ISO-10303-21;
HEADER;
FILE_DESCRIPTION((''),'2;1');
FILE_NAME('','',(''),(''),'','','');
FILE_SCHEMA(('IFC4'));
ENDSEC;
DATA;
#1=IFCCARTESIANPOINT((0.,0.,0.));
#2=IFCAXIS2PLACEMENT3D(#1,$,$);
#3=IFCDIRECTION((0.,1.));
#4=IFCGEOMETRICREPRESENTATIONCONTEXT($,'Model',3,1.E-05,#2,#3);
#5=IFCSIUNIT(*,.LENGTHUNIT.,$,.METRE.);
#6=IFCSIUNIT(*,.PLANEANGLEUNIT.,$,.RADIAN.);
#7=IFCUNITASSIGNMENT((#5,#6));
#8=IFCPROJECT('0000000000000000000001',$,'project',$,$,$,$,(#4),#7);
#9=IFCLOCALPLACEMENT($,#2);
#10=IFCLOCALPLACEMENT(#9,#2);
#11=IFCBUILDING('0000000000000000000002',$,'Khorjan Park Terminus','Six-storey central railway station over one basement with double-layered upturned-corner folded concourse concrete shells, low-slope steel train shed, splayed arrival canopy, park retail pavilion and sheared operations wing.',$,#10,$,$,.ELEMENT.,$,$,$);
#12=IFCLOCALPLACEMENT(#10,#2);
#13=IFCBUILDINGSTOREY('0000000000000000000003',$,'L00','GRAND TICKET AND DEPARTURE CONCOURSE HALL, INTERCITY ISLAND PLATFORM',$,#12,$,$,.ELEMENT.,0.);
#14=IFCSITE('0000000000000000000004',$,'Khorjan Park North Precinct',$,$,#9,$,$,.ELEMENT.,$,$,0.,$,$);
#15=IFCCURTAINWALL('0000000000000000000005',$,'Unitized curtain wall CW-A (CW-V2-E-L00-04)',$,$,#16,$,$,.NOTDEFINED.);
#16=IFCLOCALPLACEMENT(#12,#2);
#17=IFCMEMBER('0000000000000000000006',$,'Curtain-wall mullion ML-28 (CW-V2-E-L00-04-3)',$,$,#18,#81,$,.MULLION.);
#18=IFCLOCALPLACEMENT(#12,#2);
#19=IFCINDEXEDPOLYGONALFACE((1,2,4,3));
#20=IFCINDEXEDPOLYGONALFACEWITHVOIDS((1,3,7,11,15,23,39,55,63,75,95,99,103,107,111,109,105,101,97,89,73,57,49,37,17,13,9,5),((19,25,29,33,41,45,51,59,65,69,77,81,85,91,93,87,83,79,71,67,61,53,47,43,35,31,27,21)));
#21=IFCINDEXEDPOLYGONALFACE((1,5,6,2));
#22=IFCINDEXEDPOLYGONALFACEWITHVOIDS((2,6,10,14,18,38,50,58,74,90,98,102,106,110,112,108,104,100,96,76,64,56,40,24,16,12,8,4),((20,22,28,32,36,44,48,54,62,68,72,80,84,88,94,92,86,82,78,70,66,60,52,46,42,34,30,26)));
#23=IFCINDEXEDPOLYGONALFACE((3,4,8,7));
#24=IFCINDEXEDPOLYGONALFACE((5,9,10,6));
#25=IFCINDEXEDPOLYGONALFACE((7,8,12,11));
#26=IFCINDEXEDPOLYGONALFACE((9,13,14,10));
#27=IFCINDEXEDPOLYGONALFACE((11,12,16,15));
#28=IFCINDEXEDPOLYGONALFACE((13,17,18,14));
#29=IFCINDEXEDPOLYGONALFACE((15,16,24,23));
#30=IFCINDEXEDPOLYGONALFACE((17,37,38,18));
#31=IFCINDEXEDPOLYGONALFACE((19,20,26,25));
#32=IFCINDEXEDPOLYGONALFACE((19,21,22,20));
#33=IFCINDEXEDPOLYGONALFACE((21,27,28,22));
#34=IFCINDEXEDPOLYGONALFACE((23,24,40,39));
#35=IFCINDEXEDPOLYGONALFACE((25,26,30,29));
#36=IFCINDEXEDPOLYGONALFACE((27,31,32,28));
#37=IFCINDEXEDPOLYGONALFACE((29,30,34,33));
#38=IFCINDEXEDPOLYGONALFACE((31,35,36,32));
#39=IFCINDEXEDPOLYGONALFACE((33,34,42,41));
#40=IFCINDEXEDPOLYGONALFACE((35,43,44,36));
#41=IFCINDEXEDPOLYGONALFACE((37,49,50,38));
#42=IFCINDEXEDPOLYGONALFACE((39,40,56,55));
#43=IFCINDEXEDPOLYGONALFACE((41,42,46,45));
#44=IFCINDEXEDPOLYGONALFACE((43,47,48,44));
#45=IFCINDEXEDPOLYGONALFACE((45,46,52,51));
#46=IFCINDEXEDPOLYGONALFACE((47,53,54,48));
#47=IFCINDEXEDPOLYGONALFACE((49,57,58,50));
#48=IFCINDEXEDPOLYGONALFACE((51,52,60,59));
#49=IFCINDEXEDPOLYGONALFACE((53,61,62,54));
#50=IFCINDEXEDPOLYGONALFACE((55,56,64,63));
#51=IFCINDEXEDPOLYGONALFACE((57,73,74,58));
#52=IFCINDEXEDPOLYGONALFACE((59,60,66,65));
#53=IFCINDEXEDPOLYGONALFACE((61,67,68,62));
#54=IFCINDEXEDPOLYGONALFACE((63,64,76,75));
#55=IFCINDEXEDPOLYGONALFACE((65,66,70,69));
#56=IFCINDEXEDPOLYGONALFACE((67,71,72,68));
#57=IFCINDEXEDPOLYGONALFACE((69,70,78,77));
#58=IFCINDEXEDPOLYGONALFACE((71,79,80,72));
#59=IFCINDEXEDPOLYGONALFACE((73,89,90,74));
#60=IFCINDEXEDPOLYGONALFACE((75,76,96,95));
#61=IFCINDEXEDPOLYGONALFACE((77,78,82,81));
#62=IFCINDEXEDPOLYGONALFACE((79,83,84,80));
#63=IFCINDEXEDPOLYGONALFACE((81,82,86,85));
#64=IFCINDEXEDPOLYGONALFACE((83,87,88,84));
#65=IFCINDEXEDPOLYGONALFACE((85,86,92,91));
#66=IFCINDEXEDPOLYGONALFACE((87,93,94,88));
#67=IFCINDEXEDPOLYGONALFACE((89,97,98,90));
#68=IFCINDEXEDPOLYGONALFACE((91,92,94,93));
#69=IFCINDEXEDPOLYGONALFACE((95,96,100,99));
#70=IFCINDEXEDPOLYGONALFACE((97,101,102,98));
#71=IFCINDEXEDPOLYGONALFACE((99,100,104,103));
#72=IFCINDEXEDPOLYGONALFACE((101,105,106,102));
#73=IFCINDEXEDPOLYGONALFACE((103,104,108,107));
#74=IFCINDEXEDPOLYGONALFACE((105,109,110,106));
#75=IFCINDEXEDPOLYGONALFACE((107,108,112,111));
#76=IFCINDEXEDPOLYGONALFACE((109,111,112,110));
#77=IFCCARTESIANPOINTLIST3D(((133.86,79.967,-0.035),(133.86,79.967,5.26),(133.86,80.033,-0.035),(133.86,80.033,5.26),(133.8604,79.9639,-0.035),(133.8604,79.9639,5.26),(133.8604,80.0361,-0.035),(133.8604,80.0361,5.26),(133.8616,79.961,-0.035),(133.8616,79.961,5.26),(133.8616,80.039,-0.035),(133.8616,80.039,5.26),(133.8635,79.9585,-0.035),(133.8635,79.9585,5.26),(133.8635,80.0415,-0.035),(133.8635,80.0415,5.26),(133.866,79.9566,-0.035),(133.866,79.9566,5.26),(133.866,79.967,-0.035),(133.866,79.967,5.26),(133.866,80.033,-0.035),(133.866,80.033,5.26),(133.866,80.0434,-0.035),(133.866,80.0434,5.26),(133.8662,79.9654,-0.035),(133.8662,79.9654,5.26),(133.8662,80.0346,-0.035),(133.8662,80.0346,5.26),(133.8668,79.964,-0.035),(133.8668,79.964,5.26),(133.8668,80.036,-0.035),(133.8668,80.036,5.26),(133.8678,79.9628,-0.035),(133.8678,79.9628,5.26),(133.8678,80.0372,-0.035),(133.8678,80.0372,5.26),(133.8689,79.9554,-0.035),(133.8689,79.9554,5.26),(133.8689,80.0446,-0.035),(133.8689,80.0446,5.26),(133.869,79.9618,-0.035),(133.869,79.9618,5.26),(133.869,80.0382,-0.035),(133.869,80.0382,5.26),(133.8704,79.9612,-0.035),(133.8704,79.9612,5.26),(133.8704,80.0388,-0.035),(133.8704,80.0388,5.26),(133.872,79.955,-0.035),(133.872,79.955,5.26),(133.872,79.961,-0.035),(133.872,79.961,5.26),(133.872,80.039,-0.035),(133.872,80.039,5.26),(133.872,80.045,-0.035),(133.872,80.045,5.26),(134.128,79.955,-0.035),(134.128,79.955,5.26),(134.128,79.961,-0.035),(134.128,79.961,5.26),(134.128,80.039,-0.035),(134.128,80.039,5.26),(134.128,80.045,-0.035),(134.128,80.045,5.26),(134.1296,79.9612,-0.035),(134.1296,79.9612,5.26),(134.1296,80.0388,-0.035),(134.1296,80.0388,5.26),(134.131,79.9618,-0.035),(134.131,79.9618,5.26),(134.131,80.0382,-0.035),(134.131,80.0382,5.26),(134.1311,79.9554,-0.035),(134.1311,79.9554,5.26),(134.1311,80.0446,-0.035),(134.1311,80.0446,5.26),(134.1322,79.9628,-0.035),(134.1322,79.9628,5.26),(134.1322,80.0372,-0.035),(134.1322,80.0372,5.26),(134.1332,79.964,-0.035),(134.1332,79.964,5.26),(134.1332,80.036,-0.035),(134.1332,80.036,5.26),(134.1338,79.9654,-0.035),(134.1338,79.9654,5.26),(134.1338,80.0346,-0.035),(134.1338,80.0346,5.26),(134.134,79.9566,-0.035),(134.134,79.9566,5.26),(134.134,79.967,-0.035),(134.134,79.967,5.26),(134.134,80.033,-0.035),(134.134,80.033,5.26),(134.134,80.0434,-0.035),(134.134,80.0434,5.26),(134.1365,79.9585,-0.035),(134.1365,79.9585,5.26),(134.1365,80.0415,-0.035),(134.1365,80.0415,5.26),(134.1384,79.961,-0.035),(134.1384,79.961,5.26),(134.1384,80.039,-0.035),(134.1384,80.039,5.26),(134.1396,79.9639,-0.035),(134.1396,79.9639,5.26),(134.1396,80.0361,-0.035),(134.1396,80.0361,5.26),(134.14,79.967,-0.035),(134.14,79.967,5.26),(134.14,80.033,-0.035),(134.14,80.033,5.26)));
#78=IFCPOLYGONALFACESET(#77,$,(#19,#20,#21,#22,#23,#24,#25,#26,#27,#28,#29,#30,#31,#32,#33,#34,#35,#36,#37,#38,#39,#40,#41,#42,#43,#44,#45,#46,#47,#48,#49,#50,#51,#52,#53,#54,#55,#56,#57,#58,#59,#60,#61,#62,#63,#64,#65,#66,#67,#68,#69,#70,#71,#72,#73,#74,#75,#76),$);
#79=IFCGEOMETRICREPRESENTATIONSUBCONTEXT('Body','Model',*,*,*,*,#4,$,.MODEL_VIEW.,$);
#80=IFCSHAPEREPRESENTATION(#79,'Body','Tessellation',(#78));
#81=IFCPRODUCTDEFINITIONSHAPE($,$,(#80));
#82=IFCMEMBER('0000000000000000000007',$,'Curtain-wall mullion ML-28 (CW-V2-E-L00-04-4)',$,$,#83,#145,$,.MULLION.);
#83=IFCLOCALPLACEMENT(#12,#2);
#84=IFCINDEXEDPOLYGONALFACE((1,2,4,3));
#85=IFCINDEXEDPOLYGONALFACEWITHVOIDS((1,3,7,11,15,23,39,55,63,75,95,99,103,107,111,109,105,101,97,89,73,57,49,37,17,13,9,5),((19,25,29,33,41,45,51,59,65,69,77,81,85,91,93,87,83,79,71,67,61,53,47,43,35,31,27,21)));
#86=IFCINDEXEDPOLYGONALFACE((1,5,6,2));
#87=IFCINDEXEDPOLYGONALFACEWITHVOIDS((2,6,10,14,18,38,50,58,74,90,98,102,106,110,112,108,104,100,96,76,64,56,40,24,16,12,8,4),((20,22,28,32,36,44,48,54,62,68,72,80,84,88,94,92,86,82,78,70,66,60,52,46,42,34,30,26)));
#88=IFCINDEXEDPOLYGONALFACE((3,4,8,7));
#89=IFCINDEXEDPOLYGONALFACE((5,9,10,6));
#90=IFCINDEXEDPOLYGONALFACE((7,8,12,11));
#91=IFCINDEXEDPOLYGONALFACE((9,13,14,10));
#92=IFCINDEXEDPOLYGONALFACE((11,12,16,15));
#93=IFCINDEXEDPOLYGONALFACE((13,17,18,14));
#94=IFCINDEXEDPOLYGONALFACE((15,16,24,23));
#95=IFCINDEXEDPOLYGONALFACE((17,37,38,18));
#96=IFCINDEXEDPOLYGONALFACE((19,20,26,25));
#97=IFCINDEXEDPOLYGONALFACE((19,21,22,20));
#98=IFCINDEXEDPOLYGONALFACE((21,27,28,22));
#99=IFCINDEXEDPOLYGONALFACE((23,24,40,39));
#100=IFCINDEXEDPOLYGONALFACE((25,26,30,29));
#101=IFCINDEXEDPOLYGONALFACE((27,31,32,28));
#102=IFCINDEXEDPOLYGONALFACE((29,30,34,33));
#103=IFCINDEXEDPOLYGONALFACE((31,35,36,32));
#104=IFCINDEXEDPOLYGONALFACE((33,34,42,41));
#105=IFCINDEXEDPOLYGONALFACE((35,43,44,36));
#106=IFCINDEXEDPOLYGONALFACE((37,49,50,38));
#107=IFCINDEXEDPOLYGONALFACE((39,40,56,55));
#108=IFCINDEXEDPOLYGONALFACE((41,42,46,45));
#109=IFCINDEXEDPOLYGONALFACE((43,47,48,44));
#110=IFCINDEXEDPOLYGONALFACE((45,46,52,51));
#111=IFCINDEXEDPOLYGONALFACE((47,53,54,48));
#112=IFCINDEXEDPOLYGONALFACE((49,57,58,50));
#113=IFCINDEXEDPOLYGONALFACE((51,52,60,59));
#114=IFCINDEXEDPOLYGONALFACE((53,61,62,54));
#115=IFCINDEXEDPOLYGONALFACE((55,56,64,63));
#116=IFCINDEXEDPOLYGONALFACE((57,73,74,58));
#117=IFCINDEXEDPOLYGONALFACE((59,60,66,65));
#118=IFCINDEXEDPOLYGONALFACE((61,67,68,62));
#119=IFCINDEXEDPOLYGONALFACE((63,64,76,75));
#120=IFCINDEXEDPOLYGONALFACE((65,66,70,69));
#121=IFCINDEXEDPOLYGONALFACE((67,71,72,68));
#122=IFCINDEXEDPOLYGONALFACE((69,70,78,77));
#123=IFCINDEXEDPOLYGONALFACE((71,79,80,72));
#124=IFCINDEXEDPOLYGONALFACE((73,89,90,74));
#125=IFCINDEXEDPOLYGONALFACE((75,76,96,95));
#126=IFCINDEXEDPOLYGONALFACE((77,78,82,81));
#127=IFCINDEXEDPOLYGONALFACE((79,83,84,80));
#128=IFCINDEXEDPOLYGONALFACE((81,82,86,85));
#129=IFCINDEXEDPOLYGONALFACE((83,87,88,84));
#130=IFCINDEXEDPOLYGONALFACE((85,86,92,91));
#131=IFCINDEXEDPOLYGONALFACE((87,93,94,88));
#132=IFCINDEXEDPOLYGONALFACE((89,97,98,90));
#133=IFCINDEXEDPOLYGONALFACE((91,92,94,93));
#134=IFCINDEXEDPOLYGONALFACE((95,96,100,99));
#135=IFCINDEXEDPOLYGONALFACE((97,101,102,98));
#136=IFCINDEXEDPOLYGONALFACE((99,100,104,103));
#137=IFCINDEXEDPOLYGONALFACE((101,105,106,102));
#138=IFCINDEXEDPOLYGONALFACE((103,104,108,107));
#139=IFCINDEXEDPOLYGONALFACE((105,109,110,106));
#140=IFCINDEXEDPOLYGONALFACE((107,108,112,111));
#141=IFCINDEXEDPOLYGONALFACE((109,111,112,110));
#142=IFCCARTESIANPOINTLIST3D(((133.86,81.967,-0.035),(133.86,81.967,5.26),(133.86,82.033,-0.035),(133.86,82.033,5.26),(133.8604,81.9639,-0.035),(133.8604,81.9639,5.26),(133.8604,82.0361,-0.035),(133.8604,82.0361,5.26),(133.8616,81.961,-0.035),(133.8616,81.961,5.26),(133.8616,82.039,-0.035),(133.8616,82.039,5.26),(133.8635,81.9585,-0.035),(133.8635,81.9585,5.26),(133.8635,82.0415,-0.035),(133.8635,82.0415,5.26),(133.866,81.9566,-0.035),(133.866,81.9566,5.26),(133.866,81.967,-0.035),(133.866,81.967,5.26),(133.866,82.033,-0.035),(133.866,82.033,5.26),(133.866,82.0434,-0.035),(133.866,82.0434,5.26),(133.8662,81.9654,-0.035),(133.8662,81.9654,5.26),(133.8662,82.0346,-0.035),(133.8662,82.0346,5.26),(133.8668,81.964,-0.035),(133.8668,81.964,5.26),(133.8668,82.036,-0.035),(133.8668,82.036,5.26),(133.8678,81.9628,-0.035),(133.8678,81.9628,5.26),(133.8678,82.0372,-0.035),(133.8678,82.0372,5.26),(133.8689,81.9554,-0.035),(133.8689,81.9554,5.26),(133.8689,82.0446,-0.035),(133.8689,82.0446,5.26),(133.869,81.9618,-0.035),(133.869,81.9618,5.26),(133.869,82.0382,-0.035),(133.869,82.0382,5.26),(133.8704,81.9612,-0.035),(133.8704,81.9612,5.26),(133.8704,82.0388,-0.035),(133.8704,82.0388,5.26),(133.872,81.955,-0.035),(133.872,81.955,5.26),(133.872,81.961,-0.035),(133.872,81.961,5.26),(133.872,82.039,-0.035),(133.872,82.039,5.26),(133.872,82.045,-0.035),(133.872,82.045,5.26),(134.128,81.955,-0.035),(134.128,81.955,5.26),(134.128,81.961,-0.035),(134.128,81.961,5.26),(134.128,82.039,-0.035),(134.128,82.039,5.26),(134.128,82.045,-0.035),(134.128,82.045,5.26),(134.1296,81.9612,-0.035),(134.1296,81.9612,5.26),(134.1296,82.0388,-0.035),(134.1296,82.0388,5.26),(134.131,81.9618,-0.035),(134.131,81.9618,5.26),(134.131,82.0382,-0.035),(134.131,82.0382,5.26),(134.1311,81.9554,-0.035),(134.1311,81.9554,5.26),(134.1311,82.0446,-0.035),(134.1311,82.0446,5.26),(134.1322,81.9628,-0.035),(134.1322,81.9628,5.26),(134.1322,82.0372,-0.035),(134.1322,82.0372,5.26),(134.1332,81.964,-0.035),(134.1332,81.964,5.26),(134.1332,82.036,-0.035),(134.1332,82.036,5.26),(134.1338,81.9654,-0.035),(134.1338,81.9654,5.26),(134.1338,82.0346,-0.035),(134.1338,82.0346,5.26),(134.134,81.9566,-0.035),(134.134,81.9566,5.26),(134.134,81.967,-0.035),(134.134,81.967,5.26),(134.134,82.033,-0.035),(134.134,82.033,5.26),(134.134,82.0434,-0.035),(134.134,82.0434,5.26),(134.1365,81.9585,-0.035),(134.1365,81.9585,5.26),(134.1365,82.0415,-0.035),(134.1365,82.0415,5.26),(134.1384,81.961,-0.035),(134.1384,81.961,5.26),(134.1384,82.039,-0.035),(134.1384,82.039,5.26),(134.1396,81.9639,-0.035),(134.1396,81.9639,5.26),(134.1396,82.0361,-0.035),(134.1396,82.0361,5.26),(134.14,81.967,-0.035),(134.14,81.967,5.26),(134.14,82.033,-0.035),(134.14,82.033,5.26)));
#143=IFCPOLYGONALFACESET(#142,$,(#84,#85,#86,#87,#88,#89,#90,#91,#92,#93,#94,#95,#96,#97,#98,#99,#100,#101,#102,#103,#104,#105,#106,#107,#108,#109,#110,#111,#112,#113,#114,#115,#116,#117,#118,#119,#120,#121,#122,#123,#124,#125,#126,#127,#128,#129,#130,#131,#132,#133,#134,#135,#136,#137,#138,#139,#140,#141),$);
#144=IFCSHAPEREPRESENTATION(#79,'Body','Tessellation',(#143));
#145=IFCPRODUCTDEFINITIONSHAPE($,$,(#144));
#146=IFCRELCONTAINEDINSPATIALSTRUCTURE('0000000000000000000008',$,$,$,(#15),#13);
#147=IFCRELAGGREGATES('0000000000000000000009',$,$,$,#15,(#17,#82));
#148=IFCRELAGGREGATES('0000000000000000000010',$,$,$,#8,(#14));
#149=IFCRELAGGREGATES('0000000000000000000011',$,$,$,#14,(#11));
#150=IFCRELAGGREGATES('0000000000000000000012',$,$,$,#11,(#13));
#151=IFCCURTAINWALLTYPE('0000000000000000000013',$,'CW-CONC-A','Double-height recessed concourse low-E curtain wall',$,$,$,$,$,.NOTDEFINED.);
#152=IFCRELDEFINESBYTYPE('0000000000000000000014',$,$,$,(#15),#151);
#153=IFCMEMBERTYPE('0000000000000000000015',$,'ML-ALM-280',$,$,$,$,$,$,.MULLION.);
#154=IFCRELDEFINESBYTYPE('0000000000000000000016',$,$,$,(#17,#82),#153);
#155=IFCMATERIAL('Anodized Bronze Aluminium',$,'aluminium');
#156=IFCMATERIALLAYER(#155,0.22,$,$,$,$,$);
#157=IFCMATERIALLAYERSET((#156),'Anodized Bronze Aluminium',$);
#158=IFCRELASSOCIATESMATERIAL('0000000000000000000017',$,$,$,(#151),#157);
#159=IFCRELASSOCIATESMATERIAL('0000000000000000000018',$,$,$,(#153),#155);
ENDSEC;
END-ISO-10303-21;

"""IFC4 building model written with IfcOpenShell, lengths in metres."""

from ifc_helpers import new_model, si_unit, direction, frame, origin, origin_2d, place, context, subcontext, project, spatial, hollow_rectangle, extrude, material, layer, layer_set, material_profile, profile_set, type_object, element, aggregate, save


model = new_model("IFC4")

# Units and contexts
model_context = context("Model", 3, precision=1e-05, world=origin(), true_north=direction((0.0, 1.0)))
body_context = subcontext(model_context, "Body", "Model", "MODEL_VIEW")
ifc_project = project(units=[si_unit("LENGTHUNIT", "METRE"), si_unit("PLANEANGLEUNIT", "RADIAN")], contexts=[model_context])

# Site, building, storey
site_placement = place(None, origin())
site = spatial("IfcSite", under=ifc_project, at=site_placement, Name="Khorjan Park North Precinct", CompositionType="ELEMENT", RefElevation=0.0)
building_placement = place(site_placement, origin())
building = spatial("IfcBuilding", under=site, at=building_placement, Name="Khorjan Park Terminus", Description="Six-storey central railway station over one basement with double-layered upturned-corner folded concourse concrete shells, low-slope steel train shed, splayed arrival canopy, park retail pavilion and sheared operations wing.", CompositionType="ELEMENT")
storey_placement = place(building_placement, origin())
storey = spatial("IfcBuildingStorey", under=building, at=storey_placement, Name="L00", Description="GRAND TICKET AND DEPARTURE CONCOURSE HALL, INTERCITY ISLAND PLATFORM", CompositionType="ELEMENT", Elevation=0.0)

# Curtain wall, members
ifc_material_1 = material(Name="Anodized Bronze Aluminium", Category="aluminium")
ifc_layer_1 = layer(ifc_material_1, 0.22)
ifc_layer_set_1 = layer_set([ifc_layer_1], Name="Anodized Bronze Aluminium")
curtain_wall_type = type_object("IfcCurtainWallType", Name="CW-CONC-A", Description="Double-height recessed concourse low-E curtain wall", PredefinedType="NOTDEFINED", material=ifc_layer_set_1)
curtain_wall_placement = place(storey_placement, origin())
curtain_wall = element("IfcCurtainWall", 1, at=curtain_wall_placement, inside=storey, type_object=curtain_wall_type, Name="Unitized curtain wall CW-A (CW-V2-E-L00-04)", PredefinedType="NOTDEFINED")
ifc_material_profile_1 = material_profile(ifc_material_1, hollow_rectangle(XDim=0.09, YDim=0.28, WallThickness=0.006, InnerFilletRadius=0.006, OuterFilletRadius=0.012, at=origin_2d()), Name="ALM 90x280x6")
ifc_profile_set_1 = profile_set([ifc_material_profile_1], Name="Anodized Bronze Aluminium")
member_type_1 = type_object("IfcMemberType", Name="ML-ALM-280", PredefinedType="MULLION", material=ifc_profile_set_1)
member_1_placement = place(storey_placement, frame((134.0, 80.0, -0.035), z_axis=(0.0, 0.0, 1.0), x_axis=(0.0, 1.0, 0.0)))
member_1 = element("IfcMember", 2, at=member_1_placement, type_object=member_type_1, Name="Curtain-wall mullion ML-28 (CW-V2-E-L00-04-3)", PredefinedType="MULLION", context=body_context, shape_type="SweptSolid", body=[
    extrude(hollow_rectangle(XDim=0.09, YDim=0.28, WallThickness=0.006, InnerFilletRadius=0.006, OuterFilletRadius=0.012, at=origin_2d()), origin(), (0.0, 0.0, 1.0), 5.295),
])
member_2_placement = place(storey_placement, frame((134.0, 82.0, -0.035), z_axis=(0.0, 0.0, 1.0), x_axis=(0.0, 1.0, 0.0)))
member_2 = element("IfcMember", 3, at=member_2_placement, type_object=member_type_1, Name="Curtain-wall mullion ML-28 (CW-V2-E-L00-04-4)", PredefinedType="MULLION", context=body_context, shape_type="SweptSolid", body=[
    extrude(hollow_rectangle(XDim=0.09, YDim=0.28, WallThickness=0.006, InnerFilletRadius=0.006, OuterFilletRadius=0.012, at=origin_2d()), origin(), (0.0, 0.0, 1.0), 5.295),
])
aggregate(curtain_wall, [member_1, member_2])

save(model, "model.ifc")
